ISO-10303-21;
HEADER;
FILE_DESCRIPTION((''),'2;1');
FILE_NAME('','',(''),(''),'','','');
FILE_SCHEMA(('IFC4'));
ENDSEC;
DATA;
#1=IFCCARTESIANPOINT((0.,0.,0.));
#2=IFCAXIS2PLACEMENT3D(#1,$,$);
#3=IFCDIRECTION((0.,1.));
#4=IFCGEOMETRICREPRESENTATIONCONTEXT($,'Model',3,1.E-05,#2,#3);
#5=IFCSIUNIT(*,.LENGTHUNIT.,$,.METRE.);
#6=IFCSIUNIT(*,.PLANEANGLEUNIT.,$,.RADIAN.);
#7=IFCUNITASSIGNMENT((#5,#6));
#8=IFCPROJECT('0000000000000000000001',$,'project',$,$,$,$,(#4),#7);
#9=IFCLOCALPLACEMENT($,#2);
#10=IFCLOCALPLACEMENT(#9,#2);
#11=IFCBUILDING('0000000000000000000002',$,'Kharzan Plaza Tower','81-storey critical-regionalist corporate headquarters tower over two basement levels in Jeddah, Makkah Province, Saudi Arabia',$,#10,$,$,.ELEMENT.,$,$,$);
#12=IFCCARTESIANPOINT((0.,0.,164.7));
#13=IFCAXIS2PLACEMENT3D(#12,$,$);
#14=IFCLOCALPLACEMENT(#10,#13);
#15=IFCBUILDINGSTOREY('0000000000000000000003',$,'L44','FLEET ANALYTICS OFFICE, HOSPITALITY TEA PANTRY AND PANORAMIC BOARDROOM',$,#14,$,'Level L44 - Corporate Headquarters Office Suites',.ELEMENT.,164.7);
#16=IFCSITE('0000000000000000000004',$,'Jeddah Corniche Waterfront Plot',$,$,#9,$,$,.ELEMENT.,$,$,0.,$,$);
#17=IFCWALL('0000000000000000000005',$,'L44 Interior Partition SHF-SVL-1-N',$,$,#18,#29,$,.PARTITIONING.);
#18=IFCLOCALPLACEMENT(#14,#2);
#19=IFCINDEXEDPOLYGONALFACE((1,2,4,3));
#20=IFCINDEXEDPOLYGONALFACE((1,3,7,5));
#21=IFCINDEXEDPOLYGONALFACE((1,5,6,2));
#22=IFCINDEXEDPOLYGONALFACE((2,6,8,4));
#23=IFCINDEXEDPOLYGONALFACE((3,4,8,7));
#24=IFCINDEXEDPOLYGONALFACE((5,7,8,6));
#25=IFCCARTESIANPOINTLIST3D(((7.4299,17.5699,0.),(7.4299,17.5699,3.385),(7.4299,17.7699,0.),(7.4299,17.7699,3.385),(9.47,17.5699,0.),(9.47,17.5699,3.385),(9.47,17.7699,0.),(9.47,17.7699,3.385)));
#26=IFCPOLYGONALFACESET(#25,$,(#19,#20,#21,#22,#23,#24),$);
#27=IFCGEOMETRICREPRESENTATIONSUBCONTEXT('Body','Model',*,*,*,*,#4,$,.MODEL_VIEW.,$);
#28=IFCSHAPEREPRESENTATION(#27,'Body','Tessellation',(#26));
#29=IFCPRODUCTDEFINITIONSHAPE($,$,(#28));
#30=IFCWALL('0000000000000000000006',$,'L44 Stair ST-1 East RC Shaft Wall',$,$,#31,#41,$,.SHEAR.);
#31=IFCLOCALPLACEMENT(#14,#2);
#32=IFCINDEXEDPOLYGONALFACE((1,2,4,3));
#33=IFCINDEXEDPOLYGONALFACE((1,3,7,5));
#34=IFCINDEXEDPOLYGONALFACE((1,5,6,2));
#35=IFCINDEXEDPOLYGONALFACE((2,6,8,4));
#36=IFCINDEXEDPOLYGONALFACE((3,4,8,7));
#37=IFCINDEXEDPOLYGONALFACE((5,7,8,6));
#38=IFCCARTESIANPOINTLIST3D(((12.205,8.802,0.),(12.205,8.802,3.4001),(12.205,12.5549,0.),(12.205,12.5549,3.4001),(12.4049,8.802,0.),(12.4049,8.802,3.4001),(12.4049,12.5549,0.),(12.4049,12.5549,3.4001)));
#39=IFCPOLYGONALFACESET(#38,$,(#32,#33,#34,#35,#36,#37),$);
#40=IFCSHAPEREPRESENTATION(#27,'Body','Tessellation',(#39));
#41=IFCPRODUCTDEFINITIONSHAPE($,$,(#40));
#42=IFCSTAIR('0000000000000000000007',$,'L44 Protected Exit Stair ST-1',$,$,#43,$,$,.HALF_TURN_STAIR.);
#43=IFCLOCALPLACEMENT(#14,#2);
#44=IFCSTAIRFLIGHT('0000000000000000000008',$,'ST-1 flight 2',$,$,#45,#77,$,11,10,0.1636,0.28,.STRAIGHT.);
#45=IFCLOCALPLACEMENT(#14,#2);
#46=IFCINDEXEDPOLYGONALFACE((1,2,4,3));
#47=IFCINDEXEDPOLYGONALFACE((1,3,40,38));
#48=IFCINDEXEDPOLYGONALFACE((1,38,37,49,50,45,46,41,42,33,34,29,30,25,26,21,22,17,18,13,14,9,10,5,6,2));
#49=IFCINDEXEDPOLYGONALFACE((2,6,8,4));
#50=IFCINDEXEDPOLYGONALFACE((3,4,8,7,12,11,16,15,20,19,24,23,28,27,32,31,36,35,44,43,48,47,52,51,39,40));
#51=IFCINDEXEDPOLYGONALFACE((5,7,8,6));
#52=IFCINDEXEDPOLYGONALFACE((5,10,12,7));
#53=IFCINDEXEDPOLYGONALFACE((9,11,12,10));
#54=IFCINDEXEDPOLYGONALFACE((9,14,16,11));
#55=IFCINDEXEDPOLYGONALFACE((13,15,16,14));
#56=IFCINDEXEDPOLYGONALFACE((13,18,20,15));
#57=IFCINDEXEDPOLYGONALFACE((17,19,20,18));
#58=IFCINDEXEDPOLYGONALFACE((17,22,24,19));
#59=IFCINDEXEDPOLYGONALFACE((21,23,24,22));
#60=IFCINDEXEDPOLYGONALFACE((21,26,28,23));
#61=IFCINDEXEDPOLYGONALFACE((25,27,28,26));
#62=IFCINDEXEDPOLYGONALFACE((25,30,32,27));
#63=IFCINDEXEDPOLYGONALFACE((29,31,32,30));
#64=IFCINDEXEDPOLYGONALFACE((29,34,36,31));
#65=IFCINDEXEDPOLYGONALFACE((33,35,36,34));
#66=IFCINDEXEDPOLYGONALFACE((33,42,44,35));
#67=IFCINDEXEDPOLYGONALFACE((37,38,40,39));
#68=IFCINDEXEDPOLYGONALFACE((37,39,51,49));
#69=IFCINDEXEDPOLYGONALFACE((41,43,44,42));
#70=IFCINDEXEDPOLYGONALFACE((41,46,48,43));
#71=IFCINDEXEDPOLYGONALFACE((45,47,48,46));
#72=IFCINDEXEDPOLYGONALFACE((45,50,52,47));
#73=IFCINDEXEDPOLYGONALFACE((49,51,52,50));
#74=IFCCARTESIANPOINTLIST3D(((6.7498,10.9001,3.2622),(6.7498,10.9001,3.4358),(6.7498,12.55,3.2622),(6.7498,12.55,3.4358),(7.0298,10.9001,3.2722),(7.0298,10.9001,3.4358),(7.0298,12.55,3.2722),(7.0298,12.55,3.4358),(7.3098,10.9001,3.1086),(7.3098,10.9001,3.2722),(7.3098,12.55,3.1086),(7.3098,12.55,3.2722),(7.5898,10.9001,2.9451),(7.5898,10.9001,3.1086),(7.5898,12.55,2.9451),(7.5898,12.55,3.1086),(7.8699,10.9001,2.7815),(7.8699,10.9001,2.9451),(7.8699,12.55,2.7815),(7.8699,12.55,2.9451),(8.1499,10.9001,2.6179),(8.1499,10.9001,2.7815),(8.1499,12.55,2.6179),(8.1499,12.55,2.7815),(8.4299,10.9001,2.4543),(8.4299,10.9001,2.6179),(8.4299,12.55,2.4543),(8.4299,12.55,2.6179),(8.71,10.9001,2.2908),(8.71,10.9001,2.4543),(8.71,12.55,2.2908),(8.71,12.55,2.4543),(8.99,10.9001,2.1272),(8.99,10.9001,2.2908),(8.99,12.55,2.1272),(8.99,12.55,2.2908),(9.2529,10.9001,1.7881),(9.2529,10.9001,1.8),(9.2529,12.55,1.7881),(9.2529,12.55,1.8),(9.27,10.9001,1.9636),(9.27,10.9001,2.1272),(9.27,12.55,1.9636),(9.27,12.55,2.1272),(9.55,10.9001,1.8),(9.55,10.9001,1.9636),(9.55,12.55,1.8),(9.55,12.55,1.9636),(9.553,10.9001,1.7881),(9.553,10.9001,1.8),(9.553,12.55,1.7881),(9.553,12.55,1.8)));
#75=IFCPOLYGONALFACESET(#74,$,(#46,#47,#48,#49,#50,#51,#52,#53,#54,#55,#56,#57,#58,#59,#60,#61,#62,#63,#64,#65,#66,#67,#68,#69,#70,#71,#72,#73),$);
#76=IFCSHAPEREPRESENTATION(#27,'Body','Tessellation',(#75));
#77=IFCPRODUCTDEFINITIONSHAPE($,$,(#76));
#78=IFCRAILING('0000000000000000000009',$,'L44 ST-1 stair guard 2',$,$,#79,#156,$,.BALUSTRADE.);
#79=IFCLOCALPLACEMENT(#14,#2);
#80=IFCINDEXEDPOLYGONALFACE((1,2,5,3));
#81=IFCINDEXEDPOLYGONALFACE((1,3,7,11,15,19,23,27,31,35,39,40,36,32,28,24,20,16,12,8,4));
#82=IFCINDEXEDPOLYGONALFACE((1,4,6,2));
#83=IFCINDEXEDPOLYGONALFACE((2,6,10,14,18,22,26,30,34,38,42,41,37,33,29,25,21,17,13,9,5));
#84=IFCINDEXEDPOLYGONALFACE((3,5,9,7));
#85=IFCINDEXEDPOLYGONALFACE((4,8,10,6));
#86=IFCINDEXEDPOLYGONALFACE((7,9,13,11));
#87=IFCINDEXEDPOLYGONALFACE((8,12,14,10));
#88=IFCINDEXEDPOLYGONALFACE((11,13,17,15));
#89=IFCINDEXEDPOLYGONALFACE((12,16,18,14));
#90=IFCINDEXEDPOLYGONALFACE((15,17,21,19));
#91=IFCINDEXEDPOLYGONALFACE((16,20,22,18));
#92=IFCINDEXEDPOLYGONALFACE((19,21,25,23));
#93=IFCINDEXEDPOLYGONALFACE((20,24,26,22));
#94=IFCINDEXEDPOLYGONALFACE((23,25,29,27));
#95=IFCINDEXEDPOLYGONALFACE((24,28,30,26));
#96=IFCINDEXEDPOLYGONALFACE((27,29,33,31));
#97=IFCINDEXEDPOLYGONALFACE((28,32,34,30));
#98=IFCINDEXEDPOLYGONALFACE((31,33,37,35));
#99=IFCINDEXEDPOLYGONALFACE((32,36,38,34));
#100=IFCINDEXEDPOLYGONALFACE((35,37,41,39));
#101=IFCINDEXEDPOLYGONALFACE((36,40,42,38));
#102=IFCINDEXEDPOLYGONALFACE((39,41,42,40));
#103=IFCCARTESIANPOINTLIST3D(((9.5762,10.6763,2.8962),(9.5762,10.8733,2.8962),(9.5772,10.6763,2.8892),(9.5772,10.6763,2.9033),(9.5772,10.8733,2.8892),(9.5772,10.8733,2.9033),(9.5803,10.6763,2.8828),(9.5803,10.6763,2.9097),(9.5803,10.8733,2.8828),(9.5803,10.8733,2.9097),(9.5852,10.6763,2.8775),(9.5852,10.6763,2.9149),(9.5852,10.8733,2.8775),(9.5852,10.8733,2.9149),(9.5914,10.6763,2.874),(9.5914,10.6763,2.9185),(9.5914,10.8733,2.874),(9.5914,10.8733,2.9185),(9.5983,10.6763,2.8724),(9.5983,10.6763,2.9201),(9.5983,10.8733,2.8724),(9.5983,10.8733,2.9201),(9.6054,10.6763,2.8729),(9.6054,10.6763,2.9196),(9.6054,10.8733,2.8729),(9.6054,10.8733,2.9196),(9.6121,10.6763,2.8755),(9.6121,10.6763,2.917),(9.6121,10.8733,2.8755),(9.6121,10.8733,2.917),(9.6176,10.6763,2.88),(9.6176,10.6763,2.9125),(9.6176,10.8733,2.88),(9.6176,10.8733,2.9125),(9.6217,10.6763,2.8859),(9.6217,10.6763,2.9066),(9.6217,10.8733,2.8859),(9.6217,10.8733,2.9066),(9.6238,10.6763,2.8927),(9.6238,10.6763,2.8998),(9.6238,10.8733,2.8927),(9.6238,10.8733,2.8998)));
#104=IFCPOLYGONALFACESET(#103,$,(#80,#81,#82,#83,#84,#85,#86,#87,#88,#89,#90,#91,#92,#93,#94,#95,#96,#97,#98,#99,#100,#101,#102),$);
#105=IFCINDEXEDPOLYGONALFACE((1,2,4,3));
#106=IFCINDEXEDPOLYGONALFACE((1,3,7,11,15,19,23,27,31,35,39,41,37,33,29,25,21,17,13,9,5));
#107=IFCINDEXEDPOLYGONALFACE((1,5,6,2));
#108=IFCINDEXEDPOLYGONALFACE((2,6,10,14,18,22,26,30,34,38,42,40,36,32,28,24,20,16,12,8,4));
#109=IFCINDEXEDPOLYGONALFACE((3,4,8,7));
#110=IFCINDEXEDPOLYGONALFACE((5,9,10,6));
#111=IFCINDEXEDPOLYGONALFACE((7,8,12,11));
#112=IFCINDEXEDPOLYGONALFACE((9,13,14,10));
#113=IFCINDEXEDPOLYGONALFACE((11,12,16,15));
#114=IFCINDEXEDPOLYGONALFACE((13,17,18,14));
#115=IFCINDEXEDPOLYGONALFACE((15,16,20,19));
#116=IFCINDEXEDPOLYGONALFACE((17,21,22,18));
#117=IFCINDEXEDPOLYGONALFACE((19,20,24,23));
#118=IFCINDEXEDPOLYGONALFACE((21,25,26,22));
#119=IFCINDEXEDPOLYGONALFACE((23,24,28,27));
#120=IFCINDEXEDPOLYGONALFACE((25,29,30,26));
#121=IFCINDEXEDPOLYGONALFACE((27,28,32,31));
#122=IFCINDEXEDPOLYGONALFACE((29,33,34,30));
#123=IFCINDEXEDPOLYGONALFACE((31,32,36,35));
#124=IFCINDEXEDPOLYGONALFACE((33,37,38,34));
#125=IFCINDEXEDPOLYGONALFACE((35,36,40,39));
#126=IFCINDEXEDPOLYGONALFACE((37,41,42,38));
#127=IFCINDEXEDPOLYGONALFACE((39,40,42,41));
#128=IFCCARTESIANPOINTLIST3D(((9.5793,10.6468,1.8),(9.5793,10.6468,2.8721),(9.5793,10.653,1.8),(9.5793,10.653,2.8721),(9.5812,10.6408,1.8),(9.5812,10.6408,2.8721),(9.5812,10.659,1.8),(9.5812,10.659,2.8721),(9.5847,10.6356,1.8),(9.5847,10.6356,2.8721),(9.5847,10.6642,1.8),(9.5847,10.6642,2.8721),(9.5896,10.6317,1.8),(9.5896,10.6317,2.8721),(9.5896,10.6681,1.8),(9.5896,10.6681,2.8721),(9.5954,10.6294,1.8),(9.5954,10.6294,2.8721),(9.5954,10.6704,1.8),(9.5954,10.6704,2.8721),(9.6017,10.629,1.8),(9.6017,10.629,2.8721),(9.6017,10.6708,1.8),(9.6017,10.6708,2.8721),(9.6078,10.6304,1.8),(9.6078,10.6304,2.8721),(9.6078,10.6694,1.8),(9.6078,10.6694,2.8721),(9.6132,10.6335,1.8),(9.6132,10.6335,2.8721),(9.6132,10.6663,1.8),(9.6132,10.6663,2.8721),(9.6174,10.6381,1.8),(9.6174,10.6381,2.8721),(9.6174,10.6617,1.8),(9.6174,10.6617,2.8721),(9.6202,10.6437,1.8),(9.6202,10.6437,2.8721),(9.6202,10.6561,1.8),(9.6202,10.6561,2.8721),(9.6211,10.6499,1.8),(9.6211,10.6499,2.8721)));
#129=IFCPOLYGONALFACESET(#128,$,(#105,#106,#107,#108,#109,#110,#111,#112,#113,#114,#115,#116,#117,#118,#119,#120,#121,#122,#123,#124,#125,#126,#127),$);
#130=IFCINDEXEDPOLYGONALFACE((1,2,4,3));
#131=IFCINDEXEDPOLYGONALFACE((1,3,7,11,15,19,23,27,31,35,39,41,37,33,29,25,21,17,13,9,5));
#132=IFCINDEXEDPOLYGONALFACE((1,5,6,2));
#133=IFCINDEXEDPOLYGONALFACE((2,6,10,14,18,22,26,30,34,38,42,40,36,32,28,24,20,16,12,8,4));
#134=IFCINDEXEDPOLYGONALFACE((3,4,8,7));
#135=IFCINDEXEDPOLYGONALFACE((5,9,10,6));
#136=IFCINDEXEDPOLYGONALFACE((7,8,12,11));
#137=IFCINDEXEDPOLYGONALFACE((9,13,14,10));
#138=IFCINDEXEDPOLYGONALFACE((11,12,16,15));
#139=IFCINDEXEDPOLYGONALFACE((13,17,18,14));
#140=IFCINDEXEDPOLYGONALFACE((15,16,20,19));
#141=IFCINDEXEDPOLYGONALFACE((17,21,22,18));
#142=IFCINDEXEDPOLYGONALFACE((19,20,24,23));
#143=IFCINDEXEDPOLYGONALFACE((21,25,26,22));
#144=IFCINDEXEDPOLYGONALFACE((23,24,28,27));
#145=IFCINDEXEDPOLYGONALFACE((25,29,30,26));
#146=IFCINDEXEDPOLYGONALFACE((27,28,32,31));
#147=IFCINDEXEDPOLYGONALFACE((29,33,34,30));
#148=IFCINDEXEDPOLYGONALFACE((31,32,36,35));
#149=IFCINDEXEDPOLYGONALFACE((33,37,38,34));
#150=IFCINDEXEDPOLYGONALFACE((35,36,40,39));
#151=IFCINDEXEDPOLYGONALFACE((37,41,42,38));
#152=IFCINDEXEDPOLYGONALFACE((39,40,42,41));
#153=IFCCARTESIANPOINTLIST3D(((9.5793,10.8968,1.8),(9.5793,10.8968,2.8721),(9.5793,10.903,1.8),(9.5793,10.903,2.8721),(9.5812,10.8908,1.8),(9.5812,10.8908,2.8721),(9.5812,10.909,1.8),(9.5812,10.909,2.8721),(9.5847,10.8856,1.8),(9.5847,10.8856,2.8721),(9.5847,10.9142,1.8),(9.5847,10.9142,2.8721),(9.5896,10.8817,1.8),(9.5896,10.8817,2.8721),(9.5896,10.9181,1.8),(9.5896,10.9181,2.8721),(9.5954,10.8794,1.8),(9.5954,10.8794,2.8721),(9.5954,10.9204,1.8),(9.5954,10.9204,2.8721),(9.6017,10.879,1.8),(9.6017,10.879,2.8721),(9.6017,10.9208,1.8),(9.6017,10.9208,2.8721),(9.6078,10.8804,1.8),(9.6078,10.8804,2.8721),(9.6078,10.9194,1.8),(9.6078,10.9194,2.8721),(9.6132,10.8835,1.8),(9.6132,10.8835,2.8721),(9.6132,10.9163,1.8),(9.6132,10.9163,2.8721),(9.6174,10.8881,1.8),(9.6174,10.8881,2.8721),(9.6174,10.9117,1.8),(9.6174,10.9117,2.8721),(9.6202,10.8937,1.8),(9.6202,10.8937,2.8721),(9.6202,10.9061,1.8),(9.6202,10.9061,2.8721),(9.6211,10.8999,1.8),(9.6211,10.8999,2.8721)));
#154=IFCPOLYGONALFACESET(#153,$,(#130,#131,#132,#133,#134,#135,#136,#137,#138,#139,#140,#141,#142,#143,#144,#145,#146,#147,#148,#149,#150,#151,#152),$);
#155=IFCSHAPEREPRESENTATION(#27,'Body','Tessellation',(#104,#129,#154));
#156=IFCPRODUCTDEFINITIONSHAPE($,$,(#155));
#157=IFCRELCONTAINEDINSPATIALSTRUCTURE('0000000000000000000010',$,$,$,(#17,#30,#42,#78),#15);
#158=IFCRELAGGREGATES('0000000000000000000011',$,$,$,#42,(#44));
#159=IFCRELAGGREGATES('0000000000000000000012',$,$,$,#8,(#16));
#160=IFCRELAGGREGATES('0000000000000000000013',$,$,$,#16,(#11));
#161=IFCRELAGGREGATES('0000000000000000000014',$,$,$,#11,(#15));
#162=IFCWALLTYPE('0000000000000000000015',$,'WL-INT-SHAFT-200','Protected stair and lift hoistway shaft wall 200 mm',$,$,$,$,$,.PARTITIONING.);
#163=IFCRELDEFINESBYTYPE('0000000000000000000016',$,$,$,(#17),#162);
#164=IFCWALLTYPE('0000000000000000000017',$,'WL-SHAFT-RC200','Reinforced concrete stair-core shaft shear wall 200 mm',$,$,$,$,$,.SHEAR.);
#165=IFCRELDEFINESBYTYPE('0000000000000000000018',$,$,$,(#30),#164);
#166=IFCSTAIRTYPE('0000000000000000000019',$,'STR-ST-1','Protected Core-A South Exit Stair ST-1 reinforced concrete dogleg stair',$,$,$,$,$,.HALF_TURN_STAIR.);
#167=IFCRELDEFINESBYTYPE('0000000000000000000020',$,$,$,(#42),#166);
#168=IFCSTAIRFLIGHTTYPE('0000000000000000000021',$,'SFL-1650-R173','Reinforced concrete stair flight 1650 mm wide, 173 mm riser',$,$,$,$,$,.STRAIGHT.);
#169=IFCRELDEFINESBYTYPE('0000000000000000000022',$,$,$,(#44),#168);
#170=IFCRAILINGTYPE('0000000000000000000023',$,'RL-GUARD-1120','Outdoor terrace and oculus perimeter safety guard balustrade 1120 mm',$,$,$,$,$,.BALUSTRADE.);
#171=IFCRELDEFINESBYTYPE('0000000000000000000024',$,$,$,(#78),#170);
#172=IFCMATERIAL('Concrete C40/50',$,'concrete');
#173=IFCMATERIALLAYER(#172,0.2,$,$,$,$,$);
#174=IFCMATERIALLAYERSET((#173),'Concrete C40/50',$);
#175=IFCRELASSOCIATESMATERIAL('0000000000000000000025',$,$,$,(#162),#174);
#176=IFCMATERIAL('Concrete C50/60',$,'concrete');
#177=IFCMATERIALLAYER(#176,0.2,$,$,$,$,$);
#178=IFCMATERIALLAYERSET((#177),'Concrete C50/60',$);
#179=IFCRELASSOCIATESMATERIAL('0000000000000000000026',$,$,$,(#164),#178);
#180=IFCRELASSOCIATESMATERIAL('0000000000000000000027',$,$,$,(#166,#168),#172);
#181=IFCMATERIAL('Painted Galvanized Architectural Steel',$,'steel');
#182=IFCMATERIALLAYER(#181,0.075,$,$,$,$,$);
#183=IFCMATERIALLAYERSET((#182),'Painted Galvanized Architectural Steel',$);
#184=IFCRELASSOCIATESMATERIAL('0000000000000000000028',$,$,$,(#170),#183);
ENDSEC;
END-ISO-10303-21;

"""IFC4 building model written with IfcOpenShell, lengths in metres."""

from ifc_helpers import new_model, si_unit, direction, frame, frame_2d, origin, origin_2d, place, context, subcontext, project, spatial, polyline, rectangle, circle, outline, extrude, source, transform, mapped, material, layer, layer_set, type_object, element, aggregate, save


model = new_model("IFC4")

# Units and contexts
model_context = context("Model", 3, precision=1e-05, world=origin(), true_north=direction((0.0, 1.0)))
body_context = subcontext(model_context, "Body", "Model", "MODEL_VIEW")
ifc_project = project(units=[si_unit("LENGTHUNIT", "METRE"), si_unit("PLANEANGLEUNIT", "RADIAN")], contexts=[model_context])

# Site, building, storey
site_placement = place(None, origin())
site = spatial("IfcSite", under=ifc_project, at=site_placement, Name="Jeddah Corniche Waterfront Plot", CompositionType="ELEMENT", RefElevation=0.0)
building_placement = place(site_placement, origin())
building = spatial("IfcBuilding", under=site, at=building_placement, Name="Kharzan Plaza Tower", Description="81-storey critical-regionalist corporate headquarters tower over two basement levels in Jeddah, Makkah Province, Saudi Arabia", CompositionType="ELEMENT")
storey_placement = place(building_placement, frame((0.0, 0.0, 164.7)))
storey = spatial("IfcBuildingStorey", under=building, at=storey_placement, Name="L44", Description="FLEET ANALYTICS OFFICE, HOSPITALITY TEA PANTRY AND PANORAMIC BOARDROOM", LongName="Level L44 - Corporate Headquarters Office Suites", CompositionType="ELEMENT", Elevation=164.7)

# Shared definitions
ifc_material_1 = material(Name="Concrete C40/50", Category="concrete")
ifc_layer_1 = layer(ifc_material_1, 0.2)
ifc_layer_set_1 = layer_set([ifc_layer_1], Name="Concrete C40/50")
wall_type_1 = type_object("IfcWallType", Name="WL-INT-SHAFT-200", Description="Protected stair and lift hoistway shaft wall 200 mm", PredefinedType="PARTITIONING", material=ifc_layer_set_1)

# Walls
shared_shape_1 = source(origin(), body_context, "Body", "SweptSolid", [
    extrude(rectangle(XDim=2.04, YDim=0.2, at=frame_2d((1.02, 0.0))), origin(), (0.0, 0.0, 1.0), 3.385),
])
wall_1_placement = place(storey_placement, frame((7.4299, 17.6699, 0.0), z_axis=(0.0, 0.0, 1.0), x_axis=(1.0, 0.0, 0.0)))
element("IfcWall", 1, at=wall_1_placement, inside=storey, type_object=wall_type_1, Name="L44 Interior Partition SHF-SVL-1-N", PredefinedType="PARTITIONING", context=body_context, shape_type="MappedRepresentation", body=[
    mapped(shared_shape_1, transform((0.0, 0.0, 0.0), x_axis=(1.0, 0.0, 0.0), y_axis=(0.0, 1.0, 0.0), z_axis=(0.0, 0.0, 1.0))),
])
ifc_material_2 = material(Name="Concrete C50/60", Category="concrete")
ifc_layer_2 = layer(ifc_material_2, 0.2)
ifc_layer_set_2 = layer_set([ifc_layer_2], Name="Concrete C50/60")
wall_type_2 = type_object("IfcWallType", Name="WL-SHAFT-RC200", Description="Reinforced concrete stair-core shaft shear wall 200 mm", PredefinedType="SHEAR", material=ifc_layer_set_2)
shared_shape_2 = source(origin(), body_context, "Body", "SweptSolid", [
    extrude(rectangle(XDim=3.7529, YDim=0.2, at=frame_2d((1.8765, 0.0))), origin(), (0.0, 0.0, 1.0), 3.4001),
])
wall_2_placement = place(storey_placement, frame((12.3049, 8.802, 0.0), z_axis=(0.0, 0.0, 1.0), x_axis=(0.0, 1.0, 0.0)))
element("IfcWall", 2, at=wall_2_placement, inside=storey, type_object=wall_type_2, Name="L44 Stair ST-1 East RC Shaft Wall", PredefinedType="SHEAR", context=body_context, shape_type="MappedRepresentation", body=[
    mapped(shared_shape_2, transform((0.0, 0.0, 0.0), x_axis=(1.0, 0.0, 0.0), y_axis=(0.0, 1.0, 0.0), z_axis=(0.0, 0.0, 1.0))),
])

# Stair, stair flight
stair_type = type_object("IfcStairType", Name="STR-ST-1", Description="Protected Core-A South Exit Stair ST-1 reinforced concrete dogleg stair", PredefinedType="HALF_TURN_STAIR", material=ifc_material_1)
stair_placement = place(storey_placement, origin())
stair = element("IfcStair", 3, at=stair_placement, inside=storey, type_object=stair_type, Name="L44 Protected Exit Stair ST-1", PredefinedType="HALF_TURN_STAIR")
stair_flight_type = type_object("IfcStairFlightType", Name="SFL-1650-R173", Description="Reinforced concrete stair flight 1650 mm wide, 173 mm riser", PredefinedType="STRAIGHT", material=ifc_material_1)
shared_shape_3 = source(origin(), body_context, "Body", "SweptSolid", [
    extrude(outline(polyline([(-0.0029, -0.012), (-0.0029, 0.0), (0.0, 0.0), (0.0, 0.1636), (0.28, 0.1636), (0.28, 0.3271), (0.5601, 0.3271), (0.5601, 0.4907), (0.8401, 0.4907), (0.8401, 0.6543), (1.1201, 0.6543), (1.1201, 0.8179), (1.4001, 0.8179), (1.4001, 0.9814), (1.6802, 0.9814), (1.6802, 1.145), (1.9602, 1.145), (1.9602, 1.3086), (2.2402, 1.3086), (2.2402, 1.4722), (2.5203, 1.4722), (2.5203, 1.6357), (2.8003, 1.6357), (2.8003, 1.7993), (2.8003, 1.4622), (0.2971, 0.0), (0.2971, -0.012), (-0.0029, -0.012)])), frame((0.0, 0.825, 0.0), z_axis=(0.0, -1.0, 0.0), x_axis=(1.0, 0.0, 0.0)), (0.0, 0.0, 1.0), 1.6499),
])
stair_flight_placement = place(storey_placement, frame((9.55, 11.7251, 1.8), z_axis=(0.0, 0.0, 1.0), x_axis=(-1.0, 0.0, 0.0)))
stair_flight = element("IfcStairFlight", 4, at=stair_flight_placement, type_object=stair_flight_type, Name="ST-1 flight 2", NumberOfRisers=11, NumberOfTreads=10, PredefinedType="STRAIGHT", RiserHeight=0.1636, TreadLength=0.28, context=body_context, shape_type="MappedRepresentation", body=[
    mapped(shared_shape_3, transform((0.0, 0.0, 0.0), x_axis=(1.0, 0.0, 0.0), y_axis=(0.0, 1.0, 0.0), z_axis=(0.0, 0.0, 1.0))),
])
aggregate(stair, [stair_flight])

# Railing
ifc_material_3 = material(Name="Painted Galvanized Architectural Steel", Category="steel")
ifc_layer_3 = layer(ifc_material_3, 0.075)
ifc_layer_set_3 = layer_set([ifc_layer_3], Name="Painted Galvanized Architectural Steel")
railing_type_1 = type_object("IfcRailingType", Name="RL-GUARD-1120", Description="Outdoor terrace and oculus perimeter safety guard balustrade 1120 mm", PredefinedType="BALUSTRADE", material=ifc_layer_set_3)
shared_shape_4 = source(origin(), body_context, "Body", "SweptSolid", [
    extrude(circle(Radius=0.0239, at=origin_2d()), frame((0.0, 0.0264, 1.0962), z_axis=(0.0, 1.0, 0.0), x_axis=(-1.0, 0.0, 0.0)), (0.0, 0.0, 1.0), 0.197),
    extrude(circle(Radius=0.021, at=origin_2d()), origin(), (0.0, 0.0, 1.0), 1.072),
    extrude(circle(Radius=0.021, at=origin_2d()), frame((0.0, 0.25, 0.0)), (0.0, 0.0, 1.0), 1.072),
])
railing_1_placement = place(storey_placement, frame((9.6001, 10.6499, 1.8)))
element("IfcRailing", 5, at=railing_1_placement, inside=storey, type_object=railing_type_1, Name="L44 ST-1 stair guard 2", PredefinedType="BALUSTRADE", context=body_context, shape_type="MappedRepresentation", body=[
    mapped(shared_shape_4, transform((0.0, 0.0, 0.0), x_axis=(1.0, 0.0, 0.0), y_axis=(0.0, 1.0, 0.0), z_axis=(0.0, 0.0, 1.0))),
])

save(model, "model.ifc")
